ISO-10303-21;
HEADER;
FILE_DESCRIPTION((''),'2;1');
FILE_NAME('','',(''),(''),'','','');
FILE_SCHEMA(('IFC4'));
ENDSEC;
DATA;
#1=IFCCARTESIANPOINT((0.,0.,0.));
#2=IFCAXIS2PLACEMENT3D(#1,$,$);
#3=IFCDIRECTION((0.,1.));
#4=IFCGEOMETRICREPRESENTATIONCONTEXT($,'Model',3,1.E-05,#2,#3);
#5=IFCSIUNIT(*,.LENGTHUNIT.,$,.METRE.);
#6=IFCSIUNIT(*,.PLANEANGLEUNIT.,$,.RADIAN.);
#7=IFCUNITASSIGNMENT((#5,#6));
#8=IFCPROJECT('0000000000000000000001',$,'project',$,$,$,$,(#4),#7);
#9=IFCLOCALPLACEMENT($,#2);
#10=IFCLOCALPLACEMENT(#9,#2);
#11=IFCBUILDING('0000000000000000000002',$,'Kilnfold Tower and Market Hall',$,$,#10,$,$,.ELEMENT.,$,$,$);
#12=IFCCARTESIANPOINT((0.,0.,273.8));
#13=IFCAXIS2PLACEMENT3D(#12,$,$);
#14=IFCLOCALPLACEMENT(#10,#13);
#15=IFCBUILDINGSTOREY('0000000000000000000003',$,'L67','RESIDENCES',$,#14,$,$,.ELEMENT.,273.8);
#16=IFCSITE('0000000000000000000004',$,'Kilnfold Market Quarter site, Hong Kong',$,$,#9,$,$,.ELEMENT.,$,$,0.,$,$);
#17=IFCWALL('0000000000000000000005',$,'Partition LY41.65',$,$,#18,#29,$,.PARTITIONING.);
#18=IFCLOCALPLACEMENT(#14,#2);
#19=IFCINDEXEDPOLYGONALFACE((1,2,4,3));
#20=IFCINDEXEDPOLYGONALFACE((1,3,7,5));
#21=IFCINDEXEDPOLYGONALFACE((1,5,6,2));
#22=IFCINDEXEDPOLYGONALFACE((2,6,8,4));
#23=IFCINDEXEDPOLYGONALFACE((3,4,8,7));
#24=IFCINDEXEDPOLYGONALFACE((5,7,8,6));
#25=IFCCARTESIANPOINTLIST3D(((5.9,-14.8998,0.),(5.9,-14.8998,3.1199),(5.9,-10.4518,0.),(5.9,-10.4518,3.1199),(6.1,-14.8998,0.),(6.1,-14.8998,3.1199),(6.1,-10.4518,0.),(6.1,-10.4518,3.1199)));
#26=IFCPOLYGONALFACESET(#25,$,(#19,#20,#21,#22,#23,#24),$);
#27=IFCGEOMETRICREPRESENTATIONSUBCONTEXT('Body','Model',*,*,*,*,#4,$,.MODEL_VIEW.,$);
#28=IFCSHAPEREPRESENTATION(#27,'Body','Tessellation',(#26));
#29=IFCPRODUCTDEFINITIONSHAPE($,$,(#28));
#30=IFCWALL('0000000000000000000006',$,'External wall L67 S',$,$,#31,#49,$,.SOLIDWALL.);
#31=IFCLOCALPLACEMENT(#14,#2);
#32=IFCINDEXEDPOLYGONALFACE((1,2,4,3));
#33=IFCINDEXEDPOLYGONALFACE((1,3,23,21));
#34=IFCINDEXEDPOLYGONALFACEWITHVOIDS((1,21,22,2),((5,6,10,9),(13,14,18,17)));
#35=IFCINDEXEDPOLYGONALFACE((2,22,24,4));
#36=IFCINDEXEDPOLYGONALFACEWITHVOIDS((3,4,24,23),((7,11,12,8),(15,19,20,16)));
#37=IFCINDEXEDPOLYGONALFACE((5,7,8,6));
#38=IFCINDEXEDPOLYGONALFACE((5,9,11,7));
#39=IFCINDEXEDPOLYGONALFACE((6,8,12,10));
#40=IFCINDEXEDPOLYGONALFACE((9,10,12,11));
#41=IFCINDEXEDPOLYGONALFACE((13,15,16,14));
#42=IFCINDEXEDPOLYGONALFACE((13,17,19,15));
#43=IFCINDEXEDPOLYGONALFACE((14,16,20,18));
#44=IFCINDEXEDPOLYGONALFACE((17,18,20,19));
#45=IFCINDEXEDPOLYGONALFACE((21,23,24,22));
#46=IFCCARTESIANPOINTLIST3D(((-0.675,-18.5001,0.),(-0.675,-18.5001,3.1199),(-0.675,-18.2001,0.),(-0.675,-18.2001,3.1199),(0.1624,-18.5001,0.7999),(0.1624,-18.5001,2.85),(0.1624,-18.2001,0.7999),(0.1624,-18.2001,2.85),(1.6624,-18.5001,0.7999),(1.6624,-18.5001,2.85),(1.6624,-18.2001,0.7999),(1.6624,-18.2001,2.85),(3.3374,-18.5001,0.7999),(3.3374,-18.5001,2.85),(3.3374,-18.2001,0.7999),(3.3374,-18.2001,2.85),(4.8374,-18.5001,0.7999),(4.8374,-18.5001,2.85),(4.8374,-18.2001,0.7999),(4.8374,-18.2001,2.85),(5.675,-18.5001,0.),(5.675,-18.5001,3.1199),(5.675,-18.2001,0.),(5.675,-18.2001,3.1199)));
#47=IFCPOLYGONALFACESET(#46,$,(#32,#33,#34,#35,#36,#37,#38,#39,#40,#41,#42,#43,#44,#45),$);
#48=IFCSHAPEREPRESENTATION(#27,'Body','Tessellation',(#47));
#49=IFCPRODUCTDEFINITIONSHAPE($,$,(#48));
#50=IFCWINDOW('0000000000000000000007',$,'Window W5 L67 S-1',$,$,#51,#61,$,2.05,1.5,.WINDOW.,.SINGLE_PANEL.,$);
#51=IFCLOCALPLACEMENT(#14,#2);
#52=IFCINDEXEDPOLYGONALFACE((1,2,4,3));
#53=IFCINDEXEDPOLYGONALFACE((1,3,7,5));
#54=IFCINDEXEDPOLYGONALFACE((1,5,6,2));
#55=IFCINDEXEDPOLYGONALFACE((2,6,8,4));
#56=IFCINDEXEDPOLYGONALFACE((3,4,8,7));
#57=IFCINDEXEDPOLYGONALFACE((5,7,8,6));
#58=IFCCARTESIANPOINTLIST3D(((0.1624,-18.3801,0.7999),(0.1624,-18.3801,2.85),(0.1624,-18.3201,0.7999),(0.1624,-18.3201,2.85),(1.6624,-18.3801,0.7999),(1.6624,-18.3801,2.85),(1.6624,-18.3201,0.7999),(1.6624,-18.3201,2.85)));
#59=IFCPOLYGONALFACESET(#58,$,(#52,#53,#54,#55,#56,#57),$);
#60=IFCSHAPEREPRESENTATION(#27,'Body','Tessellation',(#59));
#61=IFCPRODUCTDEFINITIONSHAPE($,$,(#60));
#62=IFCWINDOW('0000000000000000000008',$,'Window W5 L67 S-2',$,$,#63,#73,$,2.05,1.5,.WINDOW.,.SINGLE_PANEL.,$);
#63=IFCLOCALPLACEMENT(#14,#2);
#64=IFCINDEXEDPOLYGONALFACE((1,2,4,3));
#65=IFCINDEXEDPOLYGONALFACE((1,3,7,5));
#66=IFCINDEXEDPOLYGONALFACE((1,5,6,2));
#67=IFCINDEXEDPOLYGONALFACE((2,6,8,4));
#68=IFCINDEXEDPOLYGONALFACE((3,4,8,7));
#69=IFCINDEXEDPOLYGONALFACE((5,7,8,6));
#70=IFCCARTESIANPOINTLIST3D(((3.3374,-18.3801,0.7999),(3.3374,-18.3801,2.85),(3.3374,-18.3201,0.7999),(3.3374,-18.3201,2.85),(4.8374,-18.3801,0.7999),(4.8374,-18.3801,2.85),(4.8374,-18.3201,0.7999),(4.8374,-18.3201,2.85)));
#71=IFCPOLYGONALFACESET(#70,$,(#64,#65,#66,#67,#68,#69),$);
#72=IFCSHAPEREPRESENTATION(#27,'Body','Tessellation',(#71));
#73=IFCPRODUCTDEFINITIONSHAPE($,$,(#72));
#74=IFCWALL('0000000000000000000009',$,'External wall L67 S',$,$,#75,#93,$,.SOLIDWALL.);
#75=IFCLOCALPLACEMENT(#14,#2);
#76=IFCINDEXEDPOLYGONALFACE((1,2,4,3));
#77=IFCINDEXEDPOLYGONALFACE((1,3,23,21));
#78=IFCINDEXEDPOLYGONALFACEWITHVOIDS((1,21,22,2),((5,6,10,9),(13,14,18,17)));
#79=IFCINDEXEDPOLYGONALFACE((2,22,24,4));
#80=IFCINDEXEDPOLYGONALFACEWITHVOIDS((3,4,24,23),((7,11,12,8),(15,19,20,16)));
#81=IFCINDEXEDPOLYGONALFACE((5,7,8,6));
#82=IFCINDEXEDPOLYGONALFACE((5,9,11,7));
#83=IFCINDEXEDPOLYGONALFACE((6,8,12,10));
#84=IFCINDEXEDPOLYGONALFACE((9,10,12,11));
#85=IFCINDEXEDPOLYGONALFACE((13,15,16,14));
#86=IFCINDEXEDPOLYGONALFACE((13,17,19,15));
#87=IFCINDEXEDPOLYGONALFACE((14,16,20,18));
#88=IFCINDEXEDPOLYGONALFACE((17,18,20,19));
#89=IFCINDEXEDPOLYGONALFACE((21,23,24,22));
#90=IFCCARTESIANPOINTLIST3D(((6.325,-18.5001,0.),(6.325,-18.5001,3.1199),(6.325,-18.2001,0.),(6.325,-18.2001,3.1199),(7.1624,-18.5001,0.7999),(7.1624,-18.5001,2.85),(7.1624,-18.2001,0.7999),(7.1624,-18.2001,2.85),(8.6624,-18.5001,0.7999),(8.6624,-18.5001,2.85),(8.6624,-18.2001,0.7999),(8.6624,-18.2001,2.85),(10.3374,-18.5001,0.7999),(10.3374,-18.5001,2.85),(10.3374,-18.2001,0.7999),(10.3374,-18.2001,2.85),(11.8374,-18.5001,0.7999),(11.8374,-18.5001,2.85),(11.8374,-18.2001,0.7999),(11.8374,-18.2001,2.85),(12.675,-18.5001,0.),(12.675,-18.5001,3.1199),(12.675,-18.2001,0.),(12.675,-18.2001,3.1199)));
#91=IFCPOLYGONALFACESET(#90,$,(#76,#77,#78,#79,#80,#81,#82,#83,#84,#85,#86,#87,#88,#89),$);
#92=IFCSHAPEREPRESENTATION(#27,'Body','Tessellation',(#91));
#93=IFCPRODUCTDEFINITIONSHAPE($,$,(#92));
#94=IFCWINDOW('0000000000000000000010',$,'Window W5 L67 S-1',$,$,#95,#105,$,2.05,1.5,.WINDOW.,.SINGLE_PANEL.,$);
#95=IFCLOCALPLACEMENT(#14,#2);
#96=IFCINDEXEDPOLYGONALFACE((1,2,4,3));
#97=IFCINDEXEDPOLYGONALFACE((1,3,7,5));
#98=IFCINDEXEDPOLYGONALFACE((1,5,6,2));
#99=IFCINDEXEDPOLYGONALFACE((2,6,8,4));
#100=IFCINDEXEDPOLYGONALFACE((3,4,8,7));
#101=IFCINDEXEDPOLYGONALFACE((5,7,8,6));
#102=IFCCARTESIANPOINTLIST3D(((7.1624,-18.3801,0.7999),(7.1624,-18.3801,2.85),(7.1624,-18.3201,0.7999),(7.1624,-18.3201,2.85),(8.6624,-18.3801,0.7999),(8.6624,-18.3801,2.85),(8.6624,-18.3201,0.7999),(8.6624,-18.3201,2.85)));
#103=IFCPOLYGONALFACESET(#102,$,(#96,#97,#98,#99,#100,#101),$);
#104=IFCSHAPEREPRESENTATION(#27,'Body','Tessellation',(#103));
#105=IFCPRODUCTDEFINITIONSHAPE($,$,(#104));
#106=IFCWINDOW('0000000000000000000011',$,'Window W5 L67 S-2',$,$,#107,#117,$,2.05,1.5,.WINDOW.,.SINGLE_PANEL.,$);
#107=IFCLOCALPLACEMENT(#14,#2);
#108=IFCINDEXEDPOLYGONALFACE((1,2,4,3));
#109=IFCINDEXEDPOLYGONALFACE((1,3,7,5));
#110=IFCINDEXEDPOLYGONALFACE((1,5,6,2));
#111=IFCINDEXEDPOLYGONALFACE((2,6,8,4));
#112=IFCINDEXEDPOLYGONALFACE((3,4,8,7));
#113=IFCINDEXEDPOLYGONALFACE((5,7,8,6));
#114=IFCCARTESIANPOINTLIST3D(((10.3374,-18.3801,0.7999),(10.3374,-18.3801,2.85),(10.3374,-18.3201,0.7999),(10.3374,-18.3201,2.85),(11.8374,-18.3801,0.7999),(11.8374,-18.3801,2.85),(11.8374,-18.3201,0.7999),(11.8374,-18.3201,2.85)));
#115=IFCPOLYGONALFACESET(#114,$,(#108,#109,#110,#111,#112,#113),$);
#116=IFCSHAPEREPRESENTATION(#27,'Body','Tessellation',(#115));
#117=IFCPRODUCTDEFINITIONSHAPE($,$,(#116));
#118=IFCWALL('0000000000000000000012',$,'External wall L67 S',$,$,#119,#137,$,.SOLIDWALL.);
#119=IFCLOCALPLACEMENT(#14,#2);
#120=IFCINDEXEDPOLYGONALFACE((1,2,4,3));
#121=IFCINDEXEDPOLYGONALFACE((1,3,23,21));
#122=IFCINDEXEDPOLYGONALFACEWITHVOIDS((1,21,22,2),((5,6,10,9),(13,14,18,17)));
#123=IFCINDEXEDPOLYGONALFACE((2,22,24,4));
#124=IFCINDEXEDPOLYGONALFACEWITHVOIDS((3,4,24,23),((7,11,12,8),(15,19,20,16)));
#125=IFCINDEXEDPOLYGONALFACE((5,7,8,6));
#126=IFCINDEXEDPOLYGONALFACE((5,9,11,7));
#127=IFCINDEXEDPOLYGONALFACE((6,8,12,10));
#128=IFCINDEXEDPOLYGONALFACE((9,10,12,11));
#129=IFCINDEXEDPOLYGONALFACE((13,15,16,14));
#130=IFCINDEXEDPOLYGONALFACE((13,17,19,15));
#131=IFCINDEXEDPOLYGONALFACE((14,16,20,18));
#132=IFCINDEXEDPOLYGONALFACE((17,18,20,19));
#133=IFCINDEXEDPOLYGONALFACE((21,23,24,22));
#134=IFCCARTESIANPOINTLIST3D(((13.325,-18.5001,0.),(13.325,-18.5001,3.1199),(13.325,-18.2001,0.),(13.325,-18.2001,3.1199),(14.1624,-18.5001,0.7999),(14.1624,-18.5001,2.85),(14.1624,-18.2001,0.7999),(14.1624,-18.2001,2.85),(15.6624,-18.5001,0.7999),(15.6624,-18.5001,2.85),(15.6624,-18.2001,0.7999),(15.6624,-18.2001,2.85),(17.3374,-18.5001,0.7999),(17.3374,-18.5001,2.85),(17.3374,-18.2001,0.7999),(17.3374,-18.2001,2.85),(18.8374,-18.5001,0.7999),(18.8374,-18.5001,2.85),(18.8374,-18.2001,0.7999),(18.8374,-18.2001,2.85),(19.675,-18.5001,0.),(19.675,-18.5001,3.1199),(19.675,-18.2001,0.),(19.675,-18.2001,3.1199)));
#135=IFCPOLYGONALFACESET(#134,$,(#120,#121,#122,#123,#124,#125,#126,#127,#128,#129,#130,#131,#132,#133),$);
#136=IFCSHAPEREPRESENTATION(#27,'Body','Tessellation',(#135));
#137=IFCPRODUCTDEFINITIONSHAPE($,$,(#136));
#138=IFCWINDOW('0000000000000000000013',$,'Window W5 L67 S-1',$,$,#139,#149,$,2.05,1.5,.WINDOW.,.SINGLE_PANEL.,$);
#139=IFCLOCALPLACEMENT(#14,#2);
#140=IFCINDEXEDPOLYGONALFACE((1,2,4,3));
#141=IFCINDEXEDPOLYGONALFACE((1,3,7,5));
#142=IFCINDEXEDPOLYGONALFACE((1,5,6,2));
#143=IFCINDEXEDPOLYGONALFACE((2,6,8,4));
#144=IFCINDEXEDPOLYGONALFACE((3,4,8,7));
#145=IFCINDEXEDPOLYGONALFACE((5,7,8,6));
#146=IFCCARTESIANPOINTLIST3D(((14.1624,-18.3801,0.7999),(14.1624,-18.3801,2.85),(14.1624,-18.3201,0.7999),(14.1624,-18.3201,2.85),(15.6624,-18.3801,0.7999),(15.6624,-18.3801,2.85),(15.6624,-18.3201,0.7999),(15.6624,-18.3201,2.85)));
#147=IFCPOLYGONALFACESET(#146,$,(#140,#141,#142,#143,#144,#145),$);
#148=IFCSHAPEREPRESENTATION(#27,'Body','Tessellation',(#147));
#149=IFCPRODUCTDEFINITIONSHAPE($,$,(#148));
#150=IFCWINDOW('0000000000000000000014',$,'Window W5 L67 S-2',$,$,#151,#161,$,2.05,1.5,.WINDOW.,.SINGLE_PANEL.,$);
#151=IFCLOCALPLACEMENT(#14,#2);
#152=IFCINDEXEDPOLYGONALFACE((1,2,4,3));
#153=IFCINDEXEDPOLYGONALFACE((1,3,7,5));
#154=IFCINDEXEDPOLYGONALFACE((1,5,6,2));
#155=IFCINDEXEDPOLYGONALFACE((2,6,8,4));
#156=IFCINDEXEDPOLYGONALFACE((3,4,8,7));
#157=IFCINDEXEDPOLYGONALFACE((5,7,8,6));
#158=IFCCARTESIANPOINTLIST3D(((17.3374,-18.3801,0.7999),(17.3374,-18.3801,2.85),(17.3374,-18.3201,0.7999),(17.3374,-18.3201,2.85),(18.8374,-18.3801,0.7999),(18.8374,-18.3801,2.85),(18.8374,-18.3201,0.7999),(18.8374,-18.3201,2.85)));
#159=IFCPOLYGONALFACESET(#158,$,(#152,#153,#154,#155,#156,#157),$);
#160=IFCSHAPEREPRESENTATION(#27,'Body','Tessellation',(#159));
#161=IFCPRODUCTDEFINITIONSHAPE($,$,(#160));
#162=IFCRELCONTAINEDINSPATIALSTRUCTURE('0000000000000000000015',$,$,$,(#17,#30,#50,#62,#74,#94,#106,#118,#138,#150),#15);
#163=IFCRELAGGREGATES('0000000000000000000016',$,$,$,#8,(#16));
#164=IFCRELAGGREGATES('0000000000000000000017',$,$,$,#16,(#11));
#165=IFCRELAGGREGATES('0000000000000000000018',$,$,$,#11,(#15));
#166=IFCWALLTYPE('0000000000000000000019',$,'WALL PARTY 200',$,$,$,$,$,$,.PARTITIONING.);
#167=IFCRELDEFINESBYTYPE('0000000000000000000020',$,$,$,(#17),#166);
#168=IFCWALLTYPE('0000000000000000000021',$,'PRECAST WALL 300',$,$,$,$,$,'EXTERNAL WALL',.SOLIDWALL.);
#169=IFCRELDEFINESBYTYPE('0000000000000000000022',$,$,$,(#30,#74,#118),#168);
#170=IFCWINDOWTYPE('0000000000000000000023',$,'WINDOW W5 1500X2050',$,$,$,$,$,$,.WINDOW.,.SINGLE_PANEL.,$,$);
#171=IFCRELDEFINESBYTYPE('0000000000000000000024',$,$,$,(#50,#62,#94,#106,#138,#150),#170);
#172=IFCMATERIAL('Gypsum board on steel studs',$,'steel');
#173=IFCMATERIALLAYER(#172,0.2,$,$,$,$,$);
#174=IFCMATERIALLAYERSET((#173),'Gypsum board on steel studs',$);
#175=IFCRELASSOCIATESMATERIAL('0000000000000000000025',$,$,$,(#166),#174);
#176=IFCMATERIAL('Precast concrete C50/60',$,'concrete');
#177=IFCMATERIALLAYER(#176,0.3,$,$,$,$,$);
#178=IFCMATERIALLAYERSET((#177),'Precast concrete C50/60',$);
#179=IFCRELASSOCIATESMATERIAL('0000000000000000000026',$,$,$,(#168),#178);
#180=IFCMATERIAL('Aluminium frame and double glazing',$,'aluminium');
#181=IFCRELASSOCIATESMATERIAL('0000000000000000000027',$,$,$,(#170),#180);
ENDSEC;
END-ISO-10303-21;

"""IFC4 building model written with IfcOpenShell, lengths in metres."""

from ifc_helpers import new_model, si_unit, direction, frame, frame_2d, origin, place, context, subcontext, project, spatial, rectangle, extrude, source, transform, mapped, material, layer, layer_set, type_object, element, fill, save


model = new_model("IFC4")

# Units and contexts
model_context = context("Model", 3, precision=1e-05, world=origin(), true_north=direction((0.0, 1.0)))
body_context = subcontext(model_context, "Body", "Model", "MODEL_VIEW")
ifc_project = project(units=[si_unit("LENGTHUNIT", "METRE"), si_unit("PLANEANGLEUNIT", "RADIAN")], contexts=[model_context])

# Site, building, storey
site_placement = place(None, origin())
site = spatial("IfcSite", under=ifc_project, at=site_placement, Name="Kilnfold Market Quarter site, Hong Kong", CompositionType="ELEMENT", RefElevation=0.0)
building_placement = place(site_placement, origin())
building = spatial("IfcBuilding", under=site, at=building_placement, Name="Kilnfold Tower and Market Hall", CompositionType="ELEMENT")
storey_placement = place(building_placement, frame((0.0, 0.0, 273.8)))
storey = spatial("IfcBuildingStorey", under=building, at=storey_placement, Name="L67", Description="RESIDENCES", CompositionType="ELEMENT", Elevation=273.8)

# Wall
ifc_material_1 = material(Name="Gypsum board on steel studs", Category="steel")
ifc_layer_1 = layer(ifc_material_1, 0.2)
ifc_layer_set_1 = layer_set([ifc_layer_1], Name="Gypsum board on steel studs")
wall_type_1 = type_object("IfcWallType", Name="WALL PARTY 200", PredefinedType="PARTITIONING", material=ifc_layer_set_1)
wall_1_placement = place(storey_placement, frame((6.0, -14.8999, 0.0), z_axis=(0.0, 0.0, 1.0), x_axis=(0.0, 1.0, 0.0)))
element("IfcWall", 1, at=wall_1_placement, inside=storey, type_object=wall_type_1, Name="Partition LY41.65", PredefinedType="PARTITIONING", context=body_context, shape_type="SweptSolid", body=[
    extrude(rectangle(XDim=4.448, YDim=0.2, at=frame_2d((2.2241, 0.0))), origin(), (0.0, 0.0, 1.0), 3.1199),
])

# Walls, openings, windows
ifc_material_2 = material(Name="Precast concrete C50/60", Category="concrete")
ifc_layer_2 = layer(ifc_material_2, 0.3)
ifc_layer_set_2 = layer_set([ifc_layer_2], Name="Precast concrete C50/60")
wall_type_2 = type_object("IfcWallType", Name="PRECAST WALL 300", ElementType="EXTERNAL WALL", PredefinedType="SOLIDWALL", material=ifc_layer_set_2)
shared_shape_1 = source(origin(), body_context, "Body", "SweptSolid", [
    extrude(rectangle(XDim=6.3501, YDim=0.3, at=frame_2d((3.175, 0.0))), origin(), (0.0, 0.0, 1.0), 3.1199),
])
wall_2_placement = place(storey_placement, frame((-0.675, -18.3501, 0.0), z_axis=(0.0, 0.0, 1.0), x_axis=(1.0, 0.0, 0.0)))
wall_2 = element("IfcWall", 2, at=wall_2_placement, inside=storey, type_object=wall_type_2, Name="External wall L67 S", PredefinedType="SOLIDWALL", context=body_context, shape_type="MappedRepresentation", body=[
    mapped(shared_shape_1, transform((0.0, 0.0, 0.0))),
])
opening_1_placement = place(wall_2_placement, frame((0.8374, 0.0, 0.8)))
opening_1 = element("IfcOpeningElement", 3, at=opening_1_placement, cuts=wall_2, PredefinedType="OPENING", context=body_context, shape_type="SweptSolid", body=[
    extrude(rectangle(XDim=1.5, YDim=2.05, at=frame_2d((0.75, 1.0249))), frame((0.0, 0.1602, 0.0), z_axis=(0.0, -1.0, 0.0), x_axis=(1.0, 0.0, 0.0)), (0.0, 0.0, 1.0), 0.3201),
])
opening_2_placement = place(wall_2_placement, frame((4.0125, 0.0, 0.8)))
opening_2 = element("IfcOpeningElement", 4, at=opening_2_placement, cuts=wall_2, PredefinedType="OPENING", context=body_context, shape_type="SweptSolid", body=[
    extrude(rectangle(XDim=1.5, YDim=2.05, at=frame_2d((0.75, 1.0249))), frame((0.0, 0.1602, 0.0), z_axis=(0.0, -1.0, 0.0), x_axis=(1.0, 0.0, 0.0)), (0.0, 0.0, 1.0), 0.3201),
])
ifc_material_3 = material(Name="Aluminium frame and double glazing", Category="aluminium")
window_type = type_object("IfcWindowType", Name="WINDOW W5 1500X2050", PartitioningType="SINGLE_PANEL", PredefinedType="WINDOW", material=ifc_material_3)
window_1_placement = place(opening_1_placement, origin())
window_1 = element("IfcWindow", 5, at=window_1_placement, inside=storey, type_object=window_type, Name="Window W5 L67 S-1", OverallHeight=2.05, OverallWidth=1.5, PartitioningType="SINGLE_PANEL", PredefinedType="WINDOW", context=body_context, shape_type="SweptSolid", body=[
    extrude(rectangle(XDim=1.5, YDim=2.05, at=frame_2d((0.75, 1.0249))), frame((0.0, 0.03, 0.0), z_axis=(0.0, -1.0, 0.0), x_axis=(1.0, 0.0, 0.0)), (0.0, 0.0, 1.0), 0.0601),
])
fill(opening_1, window_1)
window_2_placement = place(opening_2_placement, origin())
window_2 = element("IfcWindow", 6, at=window_2_placement, inside=storey, type_object=window_type, Name="Window W5 L67 S-2", OverallHeight=2.05, OverallWidth=1.5, PartitioningType="SINGLE_PANEL", PredefinedType="WINDOW", context=body_context, shape_type="SweptSolid", body=[
    extrude(rectangle(XDim=1.5, YDim=2.05, at=frame_2d((0.75, 1.0249))), frame((0.0, 0.03, 0.0), z_axis=(0.0, -1.0, 0.0), x_axis=(1.0, 0.0, 0.0)), (0.0, 0.0, 1.0), 0.0601),
])
fill(opening_2, window_2)
wall_3_placement = place(storey_placement, frame((6.325, -18.3501, 0.0), z_axis=(0.0, 0.0, 1.0), x_axis=(1.0, 0.0, 0.0)))
wall_3 = element("IfcWall", 7, at=wall_3_placement, inside=storey, type_object=wall_type_2, Name="External wall L67 S", PredefinedType="SOLIDWALL", context=body_context, shape_type="MappedRepresentation", body=[
    mapped(shared_shape_1, transform((0.0, 0.0, 0.0))),
])
opening_3_placement = place(wall_3_placement, frame((0.8374, 0.0, 0.8)))
opening_3 = element("IfcOpeningElement", 8, at=opening_3_placement, cuts=wall_3, PredefinedType="OPENING", context=body_context, shape_type="SweptSolid", body=[
    extrude(rectangle(XDim=1.5, YDim=2.05, at=frame_2d((0.75, 1.0249))), frame((0.0, 0.1602, 0.0), z_axis=(0.0, -1.0, 0.0), x_axis=(1.0, 0.0, 0.0)), (0.0, 0.0, 1.0), 0.3201),
])
opening_4_placement = place(wall_3_placement, frame((4.0125, 0.0, 0.8)))
opening_4 = element("IfcOpeningElement", 9, at=opening_4_placement, cuts=wall_3, PredefinedType="OPENING", context=body_context, shape_type="SweptSolid", body=[
    extrude(rectangle(XDim=1.5, YDim=2.05, at=frame_2d((0.75, 1.0249))), frame((0.0, 0.1602, 0.0), z_axis=(0.0, -1.0, 0.0), x_axis=(1.0, 0.0, 0.0)), (0.0, 0.0, 1.0), 0.3201),
])
window_3_placement = place(opening_3_placement, origin())
window_3 = element("IfcWindow", 10, at=window_3_placement, inside=storey, type_object=window_type, Name="Window W5 L67 S-1", OverallHeight=2.05, OverallWidth=1.5, PartitioningType="SINGLE_PANEL", PredefinedType="WINDOW", context=body_context, shape_type="SweptSolid", body=[
    extrude(rectangle(XDim=1.5, YDim=2.05, at=frame_2d((0.75, 1.0249))), frame((0.0, 0.03, 0.0), z_axis=(0.0, -1.0, 0.0), x_axis=(1.0, 0.0, 0.0)), (0.0, 0.0, 1.0), 0.0601),
])
fill(opening_3, window_3)
window_4_placement = place(opening_4_placement, origin())
window_4 = element("IfcWindow", 11, at=window_4_placement, inside=storey, type_object=window_type, Name="Window W5 L67 S-2", OverallHeight=2.05, OverallWidth=1.5, PartitioningType="SINGLE_PANEL", PredefinedType="WINDOW", context=body_context, shape_type="SweptSolid", body=[
    extrude(rectangle(XDim=1.5, YDim=2.05, at=frame_2d((0.75, 1.0249))), frame((0.0, 0.03, 0.0), z_axis=(0.0, -1.0, 0.0), x_axis=(1.0, 0.0, 0.0)), (0.0, 0.0, 1.0), 0.0601),
])
fill(opening_4, window_4)
wall_4_placement = place(storey_placement, frame((13.325, -18.3501, 0.0), z_axis=(0.0, 0.0, 1.0), x_axis=(1.0, 0.0, 0.0)))
wall_4 = element("IfcWall", 12, at=wall_4_placement, inside=storey, type_object=wall_type_2, Name="External wall L67 S", PredefinedType="SOLIDWALL", context=body_context, shape_type="MappedRepresentation", body=[
    mapped(shared_shape_1, transform((0.0, 0.0, 0.0))),
])
opening_5_placement = place(wall_4_placement, frame((0.8374, 0.0, 0.8)))
opening_5 = element("IfcOpeningElement", 13, at=opening_5_placement, cuts=wall_4, PredefinedType="OPENING", context=body_context, shape_type="SweptSolid", body=[
    extrude(rectangle(XDim=1.5, YDim=2.05, at=frame_2d((0.75, 1.0249))), frame((0.0, 0.1602, 0.0), z_axis=(0.0, -1.0, 0.0), x_axis=(1.0, 0.0, 0.0)), (0.0, 0.0, 1.0), 0.3201),
])
opening_6_placement = place(wall_4_placement, frame((4.0125, 0.0, 0.8)))
opening_6 = element("IfcOpeningElement", 14, at=opening_6_placement, cuts=wall_4, PredefinedType="OPENING", context=body_context, shape_type="SweptSolid", body=[
    extrude(rectangle(XDim=1.5, YDim=2.05, at=frame_2d((0.75, 1.0249))), frame((0.0, 0.1602, 0.0), z_axis=(0.0, -1.0, 0.0), x_axis=(1.0, 0.0, 0.0)), (0.0, 0.0, 1.0), 0.3201),
])
window_5_placement = place(opening_5_placement, origin())
window_5 = element("IfcWindow", 15, at=window_5_placement, inside=storey, type_object=window_type, Name="Window W5 L67 S-1", OverallHeight=2.05, OverallWidth=1.5, PartitioningType="SINGLE_PANEL", PredefinedType="WINDOW", context=body_context, shape_type="SweptSolid", body=[
    extrude(rectangle(XDim=1.5, YDim=2.05, at=frame_2d((0.75, 1.0249))), frame((0.0, 0.03, 0.0), z_axis=(0.0, -1.0, 0.0), x_axis=(1.0, 0.0, 0.0)), (0.0, 0.0, 1.0), 0.0601),
])
fill(opening_5, window_5)
window_6_placement = place(opening_6_placement, origin())
window_6 = element("IfcWindow", 16, at=window_6_placement, inside=storey, type_object=window_type, Name="Window W5 L67 S-2", OverallHeight=2.05, OverallWidth=1.5, PartitioningType="SINGLE_PANEL", PredefinedType="WINDOW", context=body_context, shape_type="SweptSolid", body=[
    extrude(rectangle(XDim=1.5, YDim=2.05, at=frame_2d((0.75, 1.0249))), frame((0.0, 0.03, 0.0), z_axis=(0.0, -1.0, 0.0), x_axis=(1.0, 0.0, 0.0)), (0.0, 0.0, 1.0), 0.0601),
])
fill(opening_6, window_6)

save(model, "model.ifc")
